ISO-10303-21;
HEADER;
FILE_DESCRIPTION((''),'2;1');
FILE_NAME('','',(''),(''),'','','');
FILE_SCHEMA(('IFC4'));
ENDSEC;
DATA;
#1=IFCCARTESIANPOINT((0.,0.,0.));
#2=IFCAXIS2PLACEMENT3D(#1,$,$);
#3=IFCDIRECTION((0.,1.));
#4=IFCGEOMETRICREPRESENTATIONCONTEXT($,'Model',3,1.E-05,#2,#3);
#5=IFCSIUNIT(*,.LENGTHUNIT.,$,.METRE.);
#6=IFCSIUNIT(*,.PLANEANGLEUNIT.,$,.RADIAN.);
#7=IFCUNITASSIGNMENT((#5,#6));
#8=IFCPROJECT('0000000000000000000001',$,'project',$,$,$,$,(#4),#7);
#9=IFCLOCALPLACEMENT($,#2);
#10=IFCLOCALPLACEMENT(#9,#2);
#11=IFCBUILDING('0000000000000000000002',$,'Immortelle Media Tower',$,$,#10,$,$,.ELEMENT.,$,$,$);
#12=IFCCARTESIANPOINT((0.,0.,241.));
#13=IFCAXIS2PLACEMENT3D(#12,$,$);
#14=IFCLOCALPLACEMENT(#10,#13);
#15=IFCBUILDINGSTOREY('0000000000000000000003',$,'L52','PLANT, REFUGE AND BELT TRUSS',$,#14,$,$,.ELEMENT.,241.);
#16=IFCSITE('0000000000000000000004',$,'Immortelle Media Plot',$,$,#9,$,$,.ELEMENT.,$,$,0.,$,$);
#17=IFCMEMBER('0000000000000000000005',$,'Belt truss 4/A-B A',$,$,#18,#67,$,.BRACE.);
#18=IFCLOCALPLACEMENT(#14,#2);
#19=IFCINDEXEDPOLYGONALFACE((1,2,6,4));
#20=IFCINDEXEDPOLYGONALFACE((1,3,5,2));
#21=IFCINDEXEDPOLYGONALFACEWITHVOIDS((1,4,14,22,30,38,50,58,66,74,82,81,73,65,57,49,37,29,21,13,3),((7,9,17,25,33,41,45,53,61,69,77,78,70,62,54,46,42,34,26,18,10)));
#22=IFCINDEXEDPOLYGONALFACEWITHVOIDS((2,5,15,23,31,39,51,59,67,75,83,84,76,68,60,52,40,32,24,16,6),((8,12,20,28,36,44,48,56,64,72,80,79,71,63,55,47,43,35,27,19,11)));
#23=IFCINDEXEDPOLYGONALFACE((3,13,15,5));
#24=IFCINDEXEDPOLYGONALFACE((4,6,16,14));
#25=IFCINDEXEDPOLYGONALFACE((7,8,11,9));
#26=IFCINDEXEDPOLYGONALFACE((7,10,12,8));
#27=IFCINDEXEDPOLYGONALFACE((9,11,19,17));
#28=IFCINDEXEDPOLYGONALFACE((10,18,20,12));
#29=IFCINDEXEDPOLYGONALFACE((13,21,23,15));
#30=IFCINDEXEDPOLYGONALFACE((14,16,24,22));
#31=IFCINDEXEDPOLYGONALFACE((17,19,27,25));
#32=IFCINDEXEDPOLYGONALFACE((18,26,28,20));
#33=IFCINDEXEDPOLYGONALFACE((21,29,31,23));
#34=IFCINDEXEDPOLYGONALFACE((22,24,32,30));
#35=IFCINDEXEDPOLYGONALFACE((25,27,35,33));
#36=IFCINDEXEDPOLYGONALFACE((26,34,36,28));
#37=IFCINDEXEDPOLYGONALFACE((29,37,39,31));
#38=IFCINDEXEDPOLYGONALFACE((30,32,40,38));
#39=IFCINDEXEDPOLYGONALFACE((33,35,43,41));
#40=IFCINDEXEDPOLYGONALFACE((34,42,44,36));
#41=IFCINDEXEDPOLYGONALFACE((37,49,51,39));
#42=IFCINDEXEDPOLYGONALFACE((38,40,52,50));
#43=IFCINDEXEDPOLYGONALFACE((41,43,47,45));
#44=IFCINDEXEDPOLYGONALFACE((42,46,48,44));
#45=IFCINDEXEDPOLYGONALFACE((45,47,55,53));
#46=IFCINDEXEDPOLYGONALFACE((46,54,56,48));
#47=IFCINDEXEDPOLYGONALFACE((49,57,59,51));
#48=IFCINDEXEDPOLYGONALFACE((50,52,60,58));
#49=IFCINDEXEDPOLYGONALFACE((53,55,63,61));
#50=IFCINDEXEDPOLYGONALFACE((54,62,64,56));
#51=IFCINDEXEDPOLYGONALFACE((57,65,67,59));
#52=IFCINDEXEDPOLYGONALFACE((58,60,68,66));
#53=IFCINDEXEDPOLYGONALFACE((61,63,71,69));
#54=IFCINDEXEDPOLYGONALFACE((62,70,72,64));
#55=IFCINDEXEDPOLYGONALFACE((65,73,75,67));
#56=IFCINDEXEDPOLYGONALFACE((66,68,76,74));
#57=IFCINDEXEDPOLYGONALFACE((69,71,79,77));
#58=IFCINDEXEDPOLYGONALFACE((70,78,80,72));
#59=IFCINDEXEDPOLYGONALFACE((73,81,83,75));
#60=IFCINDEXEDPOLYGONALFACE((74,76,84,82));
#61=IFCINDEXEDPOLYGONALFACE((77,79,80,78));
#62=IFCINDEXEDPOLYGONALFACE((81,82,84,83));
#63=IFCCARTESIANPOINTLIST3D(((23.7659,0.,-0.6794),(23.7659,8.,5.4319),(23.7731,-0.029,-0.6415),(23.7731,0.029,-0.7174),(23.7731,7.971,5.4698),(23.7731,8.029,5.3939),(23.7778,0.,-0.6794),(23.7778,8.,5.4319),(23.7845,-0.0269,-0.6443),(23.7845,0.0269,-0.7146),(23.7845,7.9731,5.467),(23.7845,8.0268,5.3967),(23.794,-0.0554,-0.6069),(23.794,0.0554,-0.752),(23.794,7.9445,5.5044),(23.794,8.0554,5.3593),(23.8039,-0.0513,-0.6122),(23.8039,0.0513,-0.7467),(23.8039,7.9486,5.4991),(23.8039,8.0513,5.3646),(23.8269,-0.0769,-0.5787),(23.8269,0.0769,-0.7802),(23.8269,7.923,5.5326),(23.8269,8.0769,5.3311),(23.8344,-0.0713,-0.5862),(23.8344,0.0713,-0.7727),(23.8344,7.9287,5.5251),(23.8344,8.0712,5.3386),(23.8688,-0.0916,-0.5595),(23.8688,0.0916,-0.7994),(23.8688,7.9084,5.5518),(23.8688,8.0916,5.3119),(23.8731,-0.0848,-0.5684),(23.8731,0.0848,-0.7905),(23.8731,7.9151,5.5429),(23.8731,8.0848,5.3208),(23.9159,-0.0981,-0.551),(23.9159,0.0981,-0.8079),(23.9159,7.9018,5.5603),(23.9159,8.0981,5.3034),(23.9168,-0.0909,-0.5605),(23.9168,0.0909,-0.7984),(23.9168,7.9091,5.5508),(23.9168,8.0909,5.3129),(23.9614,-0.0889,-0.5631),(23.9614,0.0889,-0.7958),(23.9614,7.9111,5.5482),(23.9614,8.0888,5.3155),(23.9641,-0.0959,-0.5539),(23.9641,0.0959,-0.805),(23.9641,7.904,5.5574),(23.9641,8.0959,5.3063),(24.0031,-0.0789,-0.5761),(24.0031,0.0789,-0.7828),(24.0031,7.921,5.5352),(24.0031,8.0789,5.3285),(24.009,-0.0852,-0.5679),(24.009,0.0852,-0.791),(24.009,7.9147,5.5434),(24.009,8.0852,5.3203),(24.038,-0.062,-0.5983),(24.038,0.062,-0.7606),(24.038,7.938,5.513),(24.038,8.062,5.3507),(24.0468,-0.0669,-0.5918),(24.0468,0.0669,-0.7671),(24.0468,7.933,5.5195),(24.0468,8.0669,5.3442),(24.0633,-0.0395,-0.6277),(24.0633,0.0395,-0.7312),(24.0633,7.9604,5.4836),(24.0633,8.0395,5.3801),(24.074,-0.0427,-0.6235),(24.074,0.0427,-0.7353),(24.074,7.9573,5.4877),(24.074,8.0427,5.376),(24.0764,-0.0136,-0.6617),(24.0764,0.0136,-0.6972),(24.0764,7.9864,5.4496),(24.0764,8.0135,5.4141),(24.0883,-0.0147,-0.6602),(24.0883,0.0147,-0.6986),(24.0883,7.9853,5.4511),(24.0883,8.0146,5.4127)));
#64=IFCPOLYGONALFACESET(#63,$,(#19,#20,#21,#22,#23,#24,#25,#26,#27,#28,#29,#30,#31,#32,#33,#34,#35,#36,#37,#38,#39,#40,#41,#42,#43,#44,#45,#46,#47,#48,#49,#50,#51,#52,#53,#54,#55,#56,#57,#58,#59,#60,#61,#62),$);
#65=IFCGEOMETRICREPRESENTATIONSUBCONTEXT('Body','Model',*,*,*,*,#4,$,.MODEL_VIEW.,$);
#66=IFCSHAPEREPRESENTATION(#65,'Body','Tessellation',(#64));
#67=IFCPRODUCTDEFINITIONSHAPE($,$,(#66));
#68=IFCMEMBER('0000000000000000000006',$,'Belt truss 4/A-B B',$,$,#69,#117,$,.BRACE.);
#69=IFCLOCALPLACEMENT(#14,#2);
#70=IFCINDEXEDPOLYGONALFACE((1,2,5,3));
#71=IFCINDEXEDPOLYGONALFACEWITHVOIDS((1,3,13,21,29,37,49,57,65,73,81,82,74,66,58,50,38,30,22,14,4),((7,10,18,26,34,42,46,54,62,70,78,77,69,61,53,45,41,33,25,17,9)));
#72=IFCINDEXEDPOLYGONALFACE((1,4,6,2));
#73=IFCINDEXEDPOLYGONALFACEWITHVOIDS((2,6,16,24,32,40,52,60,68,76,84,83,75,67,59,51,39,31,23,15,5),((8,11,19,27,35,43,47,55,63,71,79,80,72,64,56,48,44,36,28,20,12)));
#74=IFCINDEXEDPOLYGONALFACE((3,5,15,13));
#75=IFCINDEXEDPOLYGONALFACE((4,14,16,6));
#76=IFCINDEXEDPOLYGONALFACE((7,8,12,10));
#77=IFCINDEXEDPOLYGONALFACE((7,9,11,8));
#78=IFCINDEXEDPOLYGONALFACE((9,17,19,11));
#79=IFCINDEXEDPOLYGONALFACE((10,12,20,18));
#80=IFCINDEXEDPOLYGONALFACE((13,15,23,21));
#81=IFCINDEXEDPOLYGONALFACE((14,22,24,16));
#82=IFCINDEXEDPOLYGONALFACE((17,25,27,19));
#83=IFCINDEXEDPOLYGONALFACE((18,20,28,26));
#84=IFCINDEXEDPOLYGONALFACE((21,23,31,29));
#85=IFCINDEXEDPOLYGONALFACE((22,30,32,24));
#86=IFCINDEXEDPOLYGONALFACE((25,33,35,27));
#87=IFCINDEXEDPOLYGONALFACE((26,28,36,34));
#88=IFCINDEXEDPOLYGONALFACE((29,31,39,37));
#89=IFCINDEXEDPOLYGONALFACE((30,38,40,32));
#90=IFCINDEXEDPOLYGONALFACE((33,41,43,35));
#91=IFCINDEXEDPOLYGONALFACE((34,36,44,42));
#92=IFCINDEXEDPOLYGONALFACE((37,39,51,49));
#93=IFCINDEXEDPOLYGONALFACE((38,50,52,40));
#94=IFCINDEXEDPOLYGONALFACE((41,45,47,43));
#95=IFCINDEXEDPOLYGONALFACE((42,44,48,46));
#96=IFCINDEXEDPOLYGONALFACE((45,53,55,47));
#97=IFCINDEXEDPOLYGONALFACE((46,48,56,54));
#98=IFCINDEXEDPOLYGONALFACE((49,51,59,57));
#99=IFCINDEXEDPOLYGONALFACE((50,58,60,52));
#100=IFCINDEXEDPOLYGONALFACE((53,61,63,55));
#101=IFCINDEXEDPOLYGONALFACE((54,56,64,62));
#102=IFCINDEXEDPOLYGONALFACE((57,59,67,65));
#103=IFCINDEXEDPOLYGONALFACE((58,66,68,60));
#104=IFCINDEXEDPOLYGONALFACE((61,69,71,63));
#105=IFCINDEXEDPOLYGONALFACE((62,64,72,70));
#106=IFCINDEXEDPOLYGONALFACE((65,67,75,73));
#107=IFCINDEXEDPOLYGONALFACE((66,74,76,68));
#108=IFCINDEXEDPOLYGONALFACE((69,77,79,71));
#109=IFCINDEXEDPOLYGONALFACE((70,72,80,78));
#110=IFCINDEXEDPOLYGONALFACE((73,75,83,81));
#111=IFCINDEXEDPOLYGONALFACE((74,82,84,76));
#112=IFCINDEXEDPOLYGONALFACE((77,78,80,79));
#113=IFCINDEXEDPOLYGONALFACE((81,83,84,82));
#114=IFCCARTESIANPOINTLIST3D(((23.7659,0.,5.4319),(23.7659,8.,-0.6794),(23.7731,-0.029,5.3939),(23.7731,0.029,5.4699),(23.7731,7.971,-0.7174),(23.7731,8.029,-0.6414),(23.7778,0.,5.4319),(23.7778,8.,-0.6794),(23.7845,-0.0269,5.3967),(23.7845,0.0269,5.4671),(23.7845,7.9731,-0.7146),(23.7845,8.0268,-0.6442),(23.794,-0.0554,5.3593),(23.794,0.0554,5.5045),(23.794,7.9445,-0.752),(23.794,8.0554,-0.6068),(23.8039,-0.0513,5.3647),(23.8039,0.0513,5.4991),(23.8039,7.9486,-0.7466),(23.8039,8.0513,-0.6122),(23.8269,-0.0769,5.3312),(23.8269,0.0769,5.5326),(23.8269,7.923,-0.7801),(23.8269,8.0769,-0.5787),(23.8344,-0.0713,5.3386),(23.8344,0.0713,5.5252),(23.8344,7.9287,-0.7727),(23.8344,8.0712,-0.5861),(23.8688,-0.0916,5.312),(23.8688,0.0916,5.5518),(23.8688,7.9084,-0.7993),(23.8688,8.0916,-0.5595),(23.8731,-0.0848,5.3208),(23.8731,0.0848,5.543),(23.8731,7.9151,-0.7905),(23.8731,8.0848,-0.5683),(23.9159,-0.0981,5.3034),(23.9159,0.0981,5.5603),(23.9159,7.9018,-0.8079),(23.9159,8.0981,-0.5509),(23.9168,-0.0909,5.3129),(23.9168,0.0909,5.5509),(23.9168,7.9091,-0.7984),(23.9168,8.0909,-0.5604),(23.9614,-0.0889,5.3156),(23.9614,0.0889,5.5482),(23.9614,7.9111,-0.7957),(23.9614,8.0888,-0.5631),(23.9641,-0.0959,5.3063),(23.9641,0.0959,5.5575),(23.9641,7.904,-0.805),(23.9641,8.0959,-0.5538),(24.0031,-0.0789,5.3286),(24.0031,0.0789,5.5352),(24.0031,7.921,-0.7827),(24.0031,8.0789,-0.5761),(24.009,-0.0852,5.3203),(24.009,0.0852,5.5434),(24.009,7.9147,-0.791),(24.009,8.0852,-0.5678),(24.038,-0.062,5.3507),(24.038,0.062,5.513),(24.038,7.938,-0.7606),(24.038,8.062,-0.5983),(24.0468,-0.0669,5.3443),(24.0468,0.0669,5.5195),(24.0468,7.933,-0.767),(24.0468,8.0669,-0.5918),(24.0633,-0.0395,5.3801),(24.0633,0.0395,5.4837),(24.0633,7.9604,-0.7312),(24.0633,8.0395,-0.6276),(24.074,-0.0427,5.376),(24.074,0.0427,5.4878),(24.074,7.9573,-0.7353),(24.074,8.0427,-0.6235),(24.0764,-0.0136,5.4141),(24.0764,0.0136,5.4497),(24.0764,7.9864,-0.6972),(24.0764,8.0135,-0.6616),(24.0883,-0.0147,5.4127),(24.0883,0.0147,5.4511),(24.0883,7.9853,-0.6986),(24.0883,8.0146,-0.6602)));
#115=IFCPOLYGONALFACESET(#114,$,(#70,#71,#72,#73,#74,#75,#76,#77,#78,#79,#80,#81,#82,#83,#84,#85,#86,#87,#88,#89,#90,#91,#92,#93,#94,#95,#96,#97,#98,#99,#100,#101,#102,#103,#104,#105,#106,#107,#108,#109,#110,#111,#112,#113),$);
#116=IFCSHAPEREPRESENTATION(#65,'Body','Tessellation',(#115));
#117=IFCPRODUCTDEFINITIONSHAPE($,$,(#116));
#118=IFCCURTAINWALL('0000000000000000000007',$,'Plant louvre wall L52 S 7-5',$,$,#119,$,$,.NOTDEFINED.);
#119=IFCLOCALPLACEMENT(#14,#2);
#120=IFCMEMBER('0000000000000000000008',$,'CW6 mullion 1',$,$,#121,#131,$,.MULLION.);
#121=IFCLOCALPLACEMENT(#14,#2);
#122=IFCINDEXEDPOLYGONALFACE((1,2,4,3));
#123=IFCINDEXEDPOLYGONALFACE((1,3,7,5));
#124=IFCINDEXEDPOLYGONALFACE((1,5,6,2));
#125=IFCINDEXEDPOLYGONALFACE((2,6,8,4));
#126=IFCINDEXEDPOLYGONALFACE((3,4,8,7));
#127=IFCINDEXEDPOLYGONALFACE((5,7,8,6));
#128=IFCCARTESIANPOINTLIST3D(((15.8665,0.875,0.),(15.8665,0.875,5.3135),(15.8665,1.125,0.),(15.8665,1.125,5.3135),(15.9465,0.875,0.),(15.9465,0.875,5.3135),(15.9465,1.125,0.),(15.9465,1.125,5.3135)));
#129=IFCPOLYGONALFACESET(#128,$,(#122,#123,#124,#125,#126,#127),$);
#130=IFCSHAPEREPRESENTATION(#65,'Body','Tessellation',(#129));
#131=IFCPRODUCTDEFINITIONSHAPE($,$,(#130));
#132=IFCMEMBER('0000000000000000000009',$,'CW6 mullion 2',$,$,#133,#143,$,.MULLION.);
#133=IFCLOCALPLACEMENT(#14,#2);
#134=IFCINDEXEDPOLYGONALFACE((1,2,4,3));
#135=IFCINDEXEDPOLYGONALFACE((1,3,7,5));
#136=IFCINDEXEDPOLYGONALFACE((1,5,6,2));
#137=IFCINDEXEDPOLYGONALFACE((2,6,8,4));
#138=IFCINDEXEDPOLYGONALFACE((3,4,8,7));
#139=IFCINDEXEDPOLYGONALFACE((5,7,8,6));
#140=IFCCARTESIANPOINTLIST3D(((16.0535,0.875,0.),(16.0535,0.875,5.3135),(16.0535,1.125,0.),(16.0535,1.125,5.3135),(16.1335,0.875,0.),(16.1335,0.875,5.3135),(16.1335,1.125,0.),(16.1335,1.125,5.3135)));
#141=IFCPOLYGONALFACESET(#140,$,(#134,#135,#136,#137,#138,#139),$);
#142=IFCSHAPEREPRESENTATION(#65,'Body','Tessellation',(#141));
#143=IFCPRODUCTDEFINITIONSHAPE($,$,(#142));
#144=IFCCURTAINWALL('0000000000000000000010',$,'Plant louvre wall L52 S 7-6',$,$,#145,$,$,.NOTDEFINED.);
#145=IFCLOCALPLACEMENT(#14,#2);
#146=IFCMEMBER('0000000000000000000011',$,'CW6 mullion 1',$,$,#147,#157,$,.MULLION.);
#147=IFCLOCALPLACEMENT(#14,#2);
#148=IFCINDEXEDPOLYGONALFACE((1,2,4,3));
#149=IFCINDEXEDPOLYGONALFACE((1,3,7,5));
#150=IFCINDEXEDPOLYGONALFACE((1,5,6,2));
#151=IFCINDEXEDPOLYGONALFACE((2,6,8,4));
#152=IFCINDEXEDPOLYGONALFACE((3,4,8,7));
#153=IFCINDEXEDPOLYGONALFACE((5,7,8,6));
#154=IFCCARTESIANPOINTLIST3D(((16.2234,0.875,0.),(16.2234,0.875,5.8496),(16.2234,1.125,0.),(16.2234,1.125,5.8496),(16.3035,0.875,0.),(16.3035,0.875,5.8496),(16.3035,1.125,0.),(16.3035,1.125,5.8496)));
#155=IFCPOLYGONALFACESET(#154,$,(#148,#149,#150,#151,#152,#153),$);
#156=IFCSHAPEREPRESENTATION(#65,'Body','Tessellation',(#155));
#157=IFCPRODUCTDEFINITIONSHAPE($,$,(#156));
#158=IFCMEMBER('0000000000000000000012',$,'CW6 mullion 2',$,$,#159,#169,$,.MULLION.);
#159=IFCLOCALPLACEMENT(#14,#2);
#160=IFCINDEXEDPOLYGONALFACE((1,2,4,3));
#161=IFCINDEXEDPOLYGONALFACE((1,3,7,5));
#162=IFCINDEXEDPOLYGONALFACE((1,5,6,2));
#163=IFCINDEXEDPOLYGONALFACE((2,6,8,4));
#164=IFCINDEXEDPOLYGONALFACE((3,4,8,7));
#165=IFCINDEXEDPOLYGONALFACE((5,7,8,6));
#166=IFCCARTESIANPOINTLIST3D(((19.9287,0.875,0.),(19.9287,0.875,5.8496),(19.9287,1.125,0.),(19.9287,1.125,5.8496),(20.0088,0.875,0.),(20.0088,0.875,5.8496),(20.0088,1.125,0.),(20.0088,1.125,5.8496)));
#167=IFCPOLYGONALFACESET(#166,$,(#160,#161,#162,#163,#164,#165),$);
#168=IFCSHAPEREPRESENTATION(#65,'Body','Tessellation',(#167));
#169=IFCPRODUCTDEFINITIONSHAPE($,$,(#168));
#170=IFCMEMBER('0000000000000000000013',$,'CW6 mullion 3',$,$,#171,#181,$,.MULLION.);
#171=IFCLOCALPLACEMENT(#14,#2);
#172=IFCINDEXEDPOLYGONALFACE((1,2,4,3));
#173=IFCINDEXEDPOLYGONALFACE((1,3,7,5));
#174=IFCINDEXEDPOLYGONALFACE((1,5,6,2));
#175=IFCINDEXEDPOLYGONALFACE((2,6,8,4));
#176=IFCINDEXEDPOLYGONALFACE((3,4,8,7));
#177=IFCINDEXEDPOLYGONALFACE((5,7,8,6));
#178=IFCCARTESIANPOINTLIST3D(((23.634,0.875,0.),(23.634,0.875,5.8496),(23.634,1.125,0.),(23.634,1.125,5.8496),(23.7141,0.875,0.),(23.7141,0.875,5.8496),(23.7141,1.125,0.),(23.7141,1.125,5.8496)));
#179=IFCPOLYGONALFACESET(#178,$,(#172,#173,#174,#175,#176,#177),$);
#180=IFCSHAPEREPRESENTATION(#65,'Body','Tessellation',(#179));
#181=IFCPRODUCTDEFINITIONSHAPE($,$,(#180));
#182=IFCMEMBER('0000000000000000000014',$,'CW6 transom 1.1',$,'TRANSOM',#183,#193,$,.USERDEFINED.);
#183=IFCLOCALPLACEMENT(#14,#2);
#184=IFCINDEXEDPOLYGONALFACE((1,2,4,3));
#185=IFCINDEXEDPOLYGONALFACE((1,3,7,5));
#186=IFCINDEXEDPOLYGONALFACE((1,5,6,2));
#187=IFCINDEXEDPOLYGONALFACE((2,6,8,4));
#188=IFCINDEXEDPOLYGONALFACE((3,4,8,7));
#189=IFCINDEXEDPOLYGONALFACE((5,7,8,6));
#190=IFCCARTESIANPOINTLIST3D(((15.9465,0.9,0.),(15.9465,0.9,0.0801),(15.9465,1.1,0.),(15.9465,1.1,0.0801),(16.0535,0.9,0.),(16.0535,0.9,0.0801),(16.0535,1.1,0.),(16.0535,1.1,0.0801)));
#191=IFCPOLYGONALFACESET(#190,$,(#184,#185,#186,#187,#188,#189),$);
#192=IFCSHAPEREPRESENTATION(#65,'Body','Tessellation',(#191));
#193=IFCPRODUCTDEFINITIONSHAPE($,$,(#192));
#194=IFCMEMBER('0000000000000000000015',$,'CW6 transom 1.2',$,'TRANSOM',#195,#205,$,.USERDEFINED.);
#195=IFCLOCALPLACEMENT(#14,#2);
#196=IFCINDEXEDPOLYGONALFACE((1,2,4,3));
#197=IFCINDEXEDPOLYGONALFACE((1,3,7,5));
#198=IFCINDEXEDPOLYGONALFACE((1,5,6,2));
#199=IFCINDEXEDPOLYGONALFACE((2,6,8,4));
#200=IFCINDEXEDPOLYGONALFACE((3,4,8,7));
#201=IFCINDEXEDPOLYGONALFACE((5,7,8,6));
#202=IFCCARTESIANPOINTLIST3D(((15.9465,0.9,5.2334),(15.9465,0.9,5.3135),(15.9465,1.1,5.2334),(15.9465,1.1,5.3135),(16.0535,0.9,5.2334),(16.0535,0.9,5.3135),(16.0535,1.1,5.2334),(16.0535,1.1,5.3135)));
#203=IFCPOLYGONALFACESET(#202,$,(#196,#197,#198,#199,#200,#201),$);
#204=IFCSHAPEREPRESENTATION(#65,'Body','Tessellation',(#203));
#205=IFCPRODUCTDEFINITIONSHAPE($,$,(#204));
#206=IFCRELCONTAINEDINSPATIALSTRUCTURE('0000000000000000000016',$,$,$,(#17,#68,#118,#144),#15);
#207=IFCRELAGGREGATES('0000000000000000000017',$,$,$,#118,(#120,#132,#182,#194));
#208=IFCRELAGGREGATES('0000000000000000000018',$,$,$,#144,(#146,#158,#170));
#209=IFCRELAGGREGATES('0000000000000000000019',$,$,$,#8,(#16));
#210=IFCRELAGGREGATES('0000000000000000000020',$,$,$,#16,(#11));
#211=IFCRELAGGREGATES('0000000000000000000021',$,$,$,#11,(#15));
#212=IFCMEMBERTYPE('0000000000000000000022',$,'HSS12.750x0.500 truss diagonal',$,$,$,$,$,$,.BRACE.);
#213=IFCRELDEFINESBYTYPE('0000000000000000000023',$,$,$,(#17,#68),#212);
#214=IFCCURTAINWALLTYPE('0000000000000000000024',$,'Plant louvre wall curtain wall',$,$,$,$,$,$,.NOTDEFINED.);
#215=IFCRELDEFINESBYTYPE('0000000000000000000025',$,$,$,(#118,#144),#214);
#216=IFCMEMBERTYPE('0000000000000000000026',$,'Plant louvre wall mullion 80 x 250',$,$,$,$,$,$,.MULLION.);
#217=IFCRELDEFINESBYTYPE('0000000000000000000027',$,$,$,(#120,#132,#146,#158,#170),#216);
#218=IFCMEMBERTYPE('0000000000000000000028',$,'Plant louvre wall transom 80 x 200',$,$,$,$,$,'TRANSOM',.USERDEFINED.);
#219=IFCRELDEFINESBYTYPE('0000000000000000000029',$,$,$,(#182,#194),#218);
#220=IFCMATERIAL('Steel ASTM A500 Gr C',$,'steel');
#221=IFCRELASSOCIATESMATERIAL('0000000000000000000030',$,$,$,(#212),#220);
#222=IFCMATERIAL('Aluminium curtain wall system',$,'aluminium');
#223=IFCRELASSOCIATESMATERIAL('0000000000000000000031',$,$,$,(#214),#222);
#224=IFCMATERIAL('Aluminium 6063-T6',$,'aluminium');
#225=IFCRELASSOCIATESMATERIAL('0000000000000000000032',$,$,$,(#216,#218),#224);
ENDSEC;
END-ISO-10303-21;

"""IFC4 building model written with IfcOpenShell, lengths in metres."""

from ifc_helpers import new_model, si_unit, direction, frame, origin, origin_2d, place, context, subcontext, project, spatial, rectangle, hollow_circle, extrude, material, material_profile, profile_set, type_object, element, aggregate, save


model = new_model("IFC4")

# Units and contexts
model_context = context("Model", 3, precision=1e-05, world=origin(), true_north=direction((0.0, 1.0)))
body_context = subcontext(model_context, "Body", "Model", "MODEL_VIEW")
ifc_project = project(units=[si_unit("LENGTHUNIT", "METRE"), si_unit("PLANEANGLEUNIT", "RADIAN")], contexts=[model_context])

# Site, building, storey
site_placement = place(None, origin())
site = spatial("IfcSite", under=ifc_project, at=site_placement, Name="Immortelle Media Plot", CompositionType="ELEMENT", RefElevation=0.0)
building_placement = place(site_placement, origin())
building = spatial("IfcBuilding", under=site, at=building_placement, Name="Immortelle Media Tower", CompositionType="ELEMENT")
storey_placement = place(building_placement, frame((0.0, 0.0, 241.0)))
storey = spatial("IfcBuildingStorey", under=building, at=storey_placement, Name="L52", Description="PLANT, REFUGE AND BELT TRUSS", CompositionType="ELEMENT", Elevation=241.0)

# Members
ifc_material_1 = material(Name="Steel ASTM A500 Gr C", Category="steel")
ifc_material_profile_1 = material_profile(ifc_material_1, hollow_circle(Radius=0.1621, WallThickness=0.012, at=origin_2d()), Name="HSS12.750x0.500 truss diagonal")
ifc_profile_set_1 = profile_set([ifc_material_profile_1], Name="Steel ASTM A500 Gr C")
member_type_1 = type_object("IfcMemberType", Name="HSS12.750x0.500 truss diagonal", PredefinedType="BRACE", material=ifc_profile_set_1)
for number, where, z_axis, x_axis, name in (
    (1, (23.928, 0.0, -0.6794), (0.0, 0.794661, 0.607054), (-1.0, 0.0, 0.0), "Belt truss 4/A-B A"),
    (2, (23.928, 0.0, 5.4319), (0.0, 0.794661, -0.607054), (-1.0, 0.0, 0.0), "Belt truss 4/A-B B"),
):
    element("IfcMember", number, at=place(storey_placement, frame(where, z_axis=z_axis, x_axis=x_axis)), inside=storey, type_object=member_type_1, Name=name, PredefinedType="BRACE", context=body_context, shape_type="SweptSolid", body=[
        extrude(hollow_circle(Radius=0.1621, WallThickness=0.012, at=origin_2d()), origin(), (0.0, 0.0, 1.0), 10.0671),
    ])

# Curtain walls, members
ifc_material_2 = material(Name="Aluminium curtain wall system", Category="aluminium")
curtain_wall_type = type_object("IfcCurtainWallType", Name="Plant louvre wall curtain wall", PredefinedType="NOTDEFINED", material=ifc_material_2)
curtain_wall_1_placement = place(storey_placement, origin())
curtain_wall_1 = element("IfcCurtainWall", 3, at=curtain_wall_1_placement, inside=storey, type_object=curtain_wall_type, Name="Plant louvre wall L52 S 7-5", PredefinedType="NOTDEFINED")
ifc_material_3 = material(Name="Aluminium 6063-T6", Category="aluminium")
ifc_material_profile_2 = material_profile(ifc_material_3, rectangle(XDim=0.25, YDim=0.0801, at=origin_2d()), Name="AL 80x250")
ifc_profile_set_2 = profile_set([ifc_material_profile_2], Name="Aluminium 6063-T6")
member_type_2 = type_object("IfcMemberType", Name="Plant louvre wall mullion 80 x 250", PredefinedType="MULLION", material=ifc_profile_set_2)
member_1_placement = place(storey_placement, frame((15.9065, 1.0, 0.0), z_axis=(0.0, 0.0, 1.0), x_axis=(0.0, 1.0, 0.0)))
member_1 = element("IfcMember", 4, at=member_1_placement, type_object=member_type_2, Name="CW6 mullion 1", PredefinedType="MULLION", context=body_context, shape_type="SweptSolid", body=[
    extrude(rectangle(XDim=0.25, YDim=0.0801, at=origin_2d()), origin(), (0.0, 0.0, 1.0), 5.3135),
])
member_2_placement = place(storey_placement, frame((16.0935, 1.0, 0.0), z_axis=(0.0, 0.0, 1.0), x_axis=(0.0, 1.0, 0.0)))
member_2 = element("IfcMember", 5, at=member_2_placement, type_object=member_type_2, Name="CW6 mullion 2", PredefinedType="MULLION", context=body_context, shape_type="SweptSolid", body=[
    extrude(rectangle(XDim=0.25, YDim=0.0801, at=origin_2d()), origin(), (0.0, 0.0, 1.0), 5.3135),
])
curtain_wall_2_placement = place(storey_placement, origin())
curtain_wall_2 = element("IfcCurtainWall", 6, at=curtain_wall_2_placement, inside=storey, type_object=curtain_wall_type, Name="Plant louvre wall L52 S 7-6", PredefinedType="NOTDEFINED")
member_3_placement = place(storey_placement, frame((16.2634, 1.0, 0.0), z_axis=(0.0, 0.0, 1.0), x_axis=(0.0, 1.0, 0.0)))
member_3 = element("IfcMember", 7, at=member_3_placement, type_object=member_type_2, Name="CW6 mullion 1", PredefinedType="MULLION", context=body_context, shape_type="SweptSolid", body=[
    extrude(rectangle(XDim=0.25, YDim=0.0801, at=origin_2d()), origin(), (0.0, 0.0, 1.0), 5.8496),
])
member_4_placement = place(storey_placement, frame((19.9688, 1.0, 0.0), z_axis=(0.0, 0.0, 1.0), x_axis=(0.0, 1.0, 0.0)))
member_4 = element("IfcMember", 8, at=member_4_placement, type_object=member_type_2, Name="CW6 mullion 2", PredefinedType="MULLION", context=body_context, shape_type="SweptSolid", body=[
    extrude(rectangle(XDim=0.25, YDim=0.0801, at=origin_2d()), origin(), (0.0, 0.0, 1.0), 5.8496),
])
member_5_placement = place(storey_placement, frame((23.6741, 1.0, 0.0), z_axis=(0.0, 0.0, 1.0), x_axis=(0.0, 1.0, 0.0)))
member_5 = element("IfcMember", 9, at=member_5_placement, type_object=member_type_2, Name="CW6 mullion 3", PredefinedType="MULLION", context=body_context, shape_type="SweptSolid", body=[
    extrude(rectangle(XDim=0.25, YDim=0.0801, at=origin_2d()), origin(), (0.0, 0.0, 1.0), 5.8496),
])

# Members
ifc_material_profile_3 = material_profile(ifc_material_3, rectangle(XDim=0.2, YDim=0.0801, at=origin_2d()), Name="AL 80x200")
ifc_profile_set_3 = profile_set([ifc_material_profile_3], Name="Aluminium 6063-T6")
member_type_3 = type_object("IfcMemberType", Name="Plant louvre wall transom 80 x 200", ElementType="TRANSOM", PredefinedType="USERDEFINED", material=ifc_profile_set_3)
member_6_placement = place(storey_placement, frame((15.9465, 1.0, 0.04), z_axis=(1.0, 0.0, 0.0), x_axis=(0.0, 1.0, 0.0)))
member_6 = element("IfcMember", 10, at=member_6_placement, type_object=member_type_3, Name="CW6 transom 1.1", ObjectType="TRANSOM", PredefinedType="USERDEFINED", context=body_context, shape_type="SweptSolid", body=[
    extrude(rectangle(XDim=0.2, YDim=0.0801, at=origin_2d()), origin(), (0.0, 0.0, 1.0), 0.1069),
])
member_7_placement = place(storey_placement, frame((15.9465, 1.0, 5.2734), z_axis=(1.0, 0.0, 0.0), x_axis=(0.0, 1.0, 0.0)))
member_7 = element("IfcMember", 11, at=member_7_placement, type_object=member_type_3, Name="CW6 transom 1.2", ObjectType="TRANSOM", PredefinedType="USERDEFINED", context=body_context, shape_type="SweptSolid", body=[
    extrude(rectangle(XDim=0.2, YDim=0.0801, at=origin_2d()), origin(), (0.0, 0.0, 1.0), 0.1069),
])

aggregate(curtain_wall_1, [member_1, member_2, member_6, member_7])
aggregate(curtain_wall_2, [member_3, member_4, member_5])

save(model, "model.ifc")
